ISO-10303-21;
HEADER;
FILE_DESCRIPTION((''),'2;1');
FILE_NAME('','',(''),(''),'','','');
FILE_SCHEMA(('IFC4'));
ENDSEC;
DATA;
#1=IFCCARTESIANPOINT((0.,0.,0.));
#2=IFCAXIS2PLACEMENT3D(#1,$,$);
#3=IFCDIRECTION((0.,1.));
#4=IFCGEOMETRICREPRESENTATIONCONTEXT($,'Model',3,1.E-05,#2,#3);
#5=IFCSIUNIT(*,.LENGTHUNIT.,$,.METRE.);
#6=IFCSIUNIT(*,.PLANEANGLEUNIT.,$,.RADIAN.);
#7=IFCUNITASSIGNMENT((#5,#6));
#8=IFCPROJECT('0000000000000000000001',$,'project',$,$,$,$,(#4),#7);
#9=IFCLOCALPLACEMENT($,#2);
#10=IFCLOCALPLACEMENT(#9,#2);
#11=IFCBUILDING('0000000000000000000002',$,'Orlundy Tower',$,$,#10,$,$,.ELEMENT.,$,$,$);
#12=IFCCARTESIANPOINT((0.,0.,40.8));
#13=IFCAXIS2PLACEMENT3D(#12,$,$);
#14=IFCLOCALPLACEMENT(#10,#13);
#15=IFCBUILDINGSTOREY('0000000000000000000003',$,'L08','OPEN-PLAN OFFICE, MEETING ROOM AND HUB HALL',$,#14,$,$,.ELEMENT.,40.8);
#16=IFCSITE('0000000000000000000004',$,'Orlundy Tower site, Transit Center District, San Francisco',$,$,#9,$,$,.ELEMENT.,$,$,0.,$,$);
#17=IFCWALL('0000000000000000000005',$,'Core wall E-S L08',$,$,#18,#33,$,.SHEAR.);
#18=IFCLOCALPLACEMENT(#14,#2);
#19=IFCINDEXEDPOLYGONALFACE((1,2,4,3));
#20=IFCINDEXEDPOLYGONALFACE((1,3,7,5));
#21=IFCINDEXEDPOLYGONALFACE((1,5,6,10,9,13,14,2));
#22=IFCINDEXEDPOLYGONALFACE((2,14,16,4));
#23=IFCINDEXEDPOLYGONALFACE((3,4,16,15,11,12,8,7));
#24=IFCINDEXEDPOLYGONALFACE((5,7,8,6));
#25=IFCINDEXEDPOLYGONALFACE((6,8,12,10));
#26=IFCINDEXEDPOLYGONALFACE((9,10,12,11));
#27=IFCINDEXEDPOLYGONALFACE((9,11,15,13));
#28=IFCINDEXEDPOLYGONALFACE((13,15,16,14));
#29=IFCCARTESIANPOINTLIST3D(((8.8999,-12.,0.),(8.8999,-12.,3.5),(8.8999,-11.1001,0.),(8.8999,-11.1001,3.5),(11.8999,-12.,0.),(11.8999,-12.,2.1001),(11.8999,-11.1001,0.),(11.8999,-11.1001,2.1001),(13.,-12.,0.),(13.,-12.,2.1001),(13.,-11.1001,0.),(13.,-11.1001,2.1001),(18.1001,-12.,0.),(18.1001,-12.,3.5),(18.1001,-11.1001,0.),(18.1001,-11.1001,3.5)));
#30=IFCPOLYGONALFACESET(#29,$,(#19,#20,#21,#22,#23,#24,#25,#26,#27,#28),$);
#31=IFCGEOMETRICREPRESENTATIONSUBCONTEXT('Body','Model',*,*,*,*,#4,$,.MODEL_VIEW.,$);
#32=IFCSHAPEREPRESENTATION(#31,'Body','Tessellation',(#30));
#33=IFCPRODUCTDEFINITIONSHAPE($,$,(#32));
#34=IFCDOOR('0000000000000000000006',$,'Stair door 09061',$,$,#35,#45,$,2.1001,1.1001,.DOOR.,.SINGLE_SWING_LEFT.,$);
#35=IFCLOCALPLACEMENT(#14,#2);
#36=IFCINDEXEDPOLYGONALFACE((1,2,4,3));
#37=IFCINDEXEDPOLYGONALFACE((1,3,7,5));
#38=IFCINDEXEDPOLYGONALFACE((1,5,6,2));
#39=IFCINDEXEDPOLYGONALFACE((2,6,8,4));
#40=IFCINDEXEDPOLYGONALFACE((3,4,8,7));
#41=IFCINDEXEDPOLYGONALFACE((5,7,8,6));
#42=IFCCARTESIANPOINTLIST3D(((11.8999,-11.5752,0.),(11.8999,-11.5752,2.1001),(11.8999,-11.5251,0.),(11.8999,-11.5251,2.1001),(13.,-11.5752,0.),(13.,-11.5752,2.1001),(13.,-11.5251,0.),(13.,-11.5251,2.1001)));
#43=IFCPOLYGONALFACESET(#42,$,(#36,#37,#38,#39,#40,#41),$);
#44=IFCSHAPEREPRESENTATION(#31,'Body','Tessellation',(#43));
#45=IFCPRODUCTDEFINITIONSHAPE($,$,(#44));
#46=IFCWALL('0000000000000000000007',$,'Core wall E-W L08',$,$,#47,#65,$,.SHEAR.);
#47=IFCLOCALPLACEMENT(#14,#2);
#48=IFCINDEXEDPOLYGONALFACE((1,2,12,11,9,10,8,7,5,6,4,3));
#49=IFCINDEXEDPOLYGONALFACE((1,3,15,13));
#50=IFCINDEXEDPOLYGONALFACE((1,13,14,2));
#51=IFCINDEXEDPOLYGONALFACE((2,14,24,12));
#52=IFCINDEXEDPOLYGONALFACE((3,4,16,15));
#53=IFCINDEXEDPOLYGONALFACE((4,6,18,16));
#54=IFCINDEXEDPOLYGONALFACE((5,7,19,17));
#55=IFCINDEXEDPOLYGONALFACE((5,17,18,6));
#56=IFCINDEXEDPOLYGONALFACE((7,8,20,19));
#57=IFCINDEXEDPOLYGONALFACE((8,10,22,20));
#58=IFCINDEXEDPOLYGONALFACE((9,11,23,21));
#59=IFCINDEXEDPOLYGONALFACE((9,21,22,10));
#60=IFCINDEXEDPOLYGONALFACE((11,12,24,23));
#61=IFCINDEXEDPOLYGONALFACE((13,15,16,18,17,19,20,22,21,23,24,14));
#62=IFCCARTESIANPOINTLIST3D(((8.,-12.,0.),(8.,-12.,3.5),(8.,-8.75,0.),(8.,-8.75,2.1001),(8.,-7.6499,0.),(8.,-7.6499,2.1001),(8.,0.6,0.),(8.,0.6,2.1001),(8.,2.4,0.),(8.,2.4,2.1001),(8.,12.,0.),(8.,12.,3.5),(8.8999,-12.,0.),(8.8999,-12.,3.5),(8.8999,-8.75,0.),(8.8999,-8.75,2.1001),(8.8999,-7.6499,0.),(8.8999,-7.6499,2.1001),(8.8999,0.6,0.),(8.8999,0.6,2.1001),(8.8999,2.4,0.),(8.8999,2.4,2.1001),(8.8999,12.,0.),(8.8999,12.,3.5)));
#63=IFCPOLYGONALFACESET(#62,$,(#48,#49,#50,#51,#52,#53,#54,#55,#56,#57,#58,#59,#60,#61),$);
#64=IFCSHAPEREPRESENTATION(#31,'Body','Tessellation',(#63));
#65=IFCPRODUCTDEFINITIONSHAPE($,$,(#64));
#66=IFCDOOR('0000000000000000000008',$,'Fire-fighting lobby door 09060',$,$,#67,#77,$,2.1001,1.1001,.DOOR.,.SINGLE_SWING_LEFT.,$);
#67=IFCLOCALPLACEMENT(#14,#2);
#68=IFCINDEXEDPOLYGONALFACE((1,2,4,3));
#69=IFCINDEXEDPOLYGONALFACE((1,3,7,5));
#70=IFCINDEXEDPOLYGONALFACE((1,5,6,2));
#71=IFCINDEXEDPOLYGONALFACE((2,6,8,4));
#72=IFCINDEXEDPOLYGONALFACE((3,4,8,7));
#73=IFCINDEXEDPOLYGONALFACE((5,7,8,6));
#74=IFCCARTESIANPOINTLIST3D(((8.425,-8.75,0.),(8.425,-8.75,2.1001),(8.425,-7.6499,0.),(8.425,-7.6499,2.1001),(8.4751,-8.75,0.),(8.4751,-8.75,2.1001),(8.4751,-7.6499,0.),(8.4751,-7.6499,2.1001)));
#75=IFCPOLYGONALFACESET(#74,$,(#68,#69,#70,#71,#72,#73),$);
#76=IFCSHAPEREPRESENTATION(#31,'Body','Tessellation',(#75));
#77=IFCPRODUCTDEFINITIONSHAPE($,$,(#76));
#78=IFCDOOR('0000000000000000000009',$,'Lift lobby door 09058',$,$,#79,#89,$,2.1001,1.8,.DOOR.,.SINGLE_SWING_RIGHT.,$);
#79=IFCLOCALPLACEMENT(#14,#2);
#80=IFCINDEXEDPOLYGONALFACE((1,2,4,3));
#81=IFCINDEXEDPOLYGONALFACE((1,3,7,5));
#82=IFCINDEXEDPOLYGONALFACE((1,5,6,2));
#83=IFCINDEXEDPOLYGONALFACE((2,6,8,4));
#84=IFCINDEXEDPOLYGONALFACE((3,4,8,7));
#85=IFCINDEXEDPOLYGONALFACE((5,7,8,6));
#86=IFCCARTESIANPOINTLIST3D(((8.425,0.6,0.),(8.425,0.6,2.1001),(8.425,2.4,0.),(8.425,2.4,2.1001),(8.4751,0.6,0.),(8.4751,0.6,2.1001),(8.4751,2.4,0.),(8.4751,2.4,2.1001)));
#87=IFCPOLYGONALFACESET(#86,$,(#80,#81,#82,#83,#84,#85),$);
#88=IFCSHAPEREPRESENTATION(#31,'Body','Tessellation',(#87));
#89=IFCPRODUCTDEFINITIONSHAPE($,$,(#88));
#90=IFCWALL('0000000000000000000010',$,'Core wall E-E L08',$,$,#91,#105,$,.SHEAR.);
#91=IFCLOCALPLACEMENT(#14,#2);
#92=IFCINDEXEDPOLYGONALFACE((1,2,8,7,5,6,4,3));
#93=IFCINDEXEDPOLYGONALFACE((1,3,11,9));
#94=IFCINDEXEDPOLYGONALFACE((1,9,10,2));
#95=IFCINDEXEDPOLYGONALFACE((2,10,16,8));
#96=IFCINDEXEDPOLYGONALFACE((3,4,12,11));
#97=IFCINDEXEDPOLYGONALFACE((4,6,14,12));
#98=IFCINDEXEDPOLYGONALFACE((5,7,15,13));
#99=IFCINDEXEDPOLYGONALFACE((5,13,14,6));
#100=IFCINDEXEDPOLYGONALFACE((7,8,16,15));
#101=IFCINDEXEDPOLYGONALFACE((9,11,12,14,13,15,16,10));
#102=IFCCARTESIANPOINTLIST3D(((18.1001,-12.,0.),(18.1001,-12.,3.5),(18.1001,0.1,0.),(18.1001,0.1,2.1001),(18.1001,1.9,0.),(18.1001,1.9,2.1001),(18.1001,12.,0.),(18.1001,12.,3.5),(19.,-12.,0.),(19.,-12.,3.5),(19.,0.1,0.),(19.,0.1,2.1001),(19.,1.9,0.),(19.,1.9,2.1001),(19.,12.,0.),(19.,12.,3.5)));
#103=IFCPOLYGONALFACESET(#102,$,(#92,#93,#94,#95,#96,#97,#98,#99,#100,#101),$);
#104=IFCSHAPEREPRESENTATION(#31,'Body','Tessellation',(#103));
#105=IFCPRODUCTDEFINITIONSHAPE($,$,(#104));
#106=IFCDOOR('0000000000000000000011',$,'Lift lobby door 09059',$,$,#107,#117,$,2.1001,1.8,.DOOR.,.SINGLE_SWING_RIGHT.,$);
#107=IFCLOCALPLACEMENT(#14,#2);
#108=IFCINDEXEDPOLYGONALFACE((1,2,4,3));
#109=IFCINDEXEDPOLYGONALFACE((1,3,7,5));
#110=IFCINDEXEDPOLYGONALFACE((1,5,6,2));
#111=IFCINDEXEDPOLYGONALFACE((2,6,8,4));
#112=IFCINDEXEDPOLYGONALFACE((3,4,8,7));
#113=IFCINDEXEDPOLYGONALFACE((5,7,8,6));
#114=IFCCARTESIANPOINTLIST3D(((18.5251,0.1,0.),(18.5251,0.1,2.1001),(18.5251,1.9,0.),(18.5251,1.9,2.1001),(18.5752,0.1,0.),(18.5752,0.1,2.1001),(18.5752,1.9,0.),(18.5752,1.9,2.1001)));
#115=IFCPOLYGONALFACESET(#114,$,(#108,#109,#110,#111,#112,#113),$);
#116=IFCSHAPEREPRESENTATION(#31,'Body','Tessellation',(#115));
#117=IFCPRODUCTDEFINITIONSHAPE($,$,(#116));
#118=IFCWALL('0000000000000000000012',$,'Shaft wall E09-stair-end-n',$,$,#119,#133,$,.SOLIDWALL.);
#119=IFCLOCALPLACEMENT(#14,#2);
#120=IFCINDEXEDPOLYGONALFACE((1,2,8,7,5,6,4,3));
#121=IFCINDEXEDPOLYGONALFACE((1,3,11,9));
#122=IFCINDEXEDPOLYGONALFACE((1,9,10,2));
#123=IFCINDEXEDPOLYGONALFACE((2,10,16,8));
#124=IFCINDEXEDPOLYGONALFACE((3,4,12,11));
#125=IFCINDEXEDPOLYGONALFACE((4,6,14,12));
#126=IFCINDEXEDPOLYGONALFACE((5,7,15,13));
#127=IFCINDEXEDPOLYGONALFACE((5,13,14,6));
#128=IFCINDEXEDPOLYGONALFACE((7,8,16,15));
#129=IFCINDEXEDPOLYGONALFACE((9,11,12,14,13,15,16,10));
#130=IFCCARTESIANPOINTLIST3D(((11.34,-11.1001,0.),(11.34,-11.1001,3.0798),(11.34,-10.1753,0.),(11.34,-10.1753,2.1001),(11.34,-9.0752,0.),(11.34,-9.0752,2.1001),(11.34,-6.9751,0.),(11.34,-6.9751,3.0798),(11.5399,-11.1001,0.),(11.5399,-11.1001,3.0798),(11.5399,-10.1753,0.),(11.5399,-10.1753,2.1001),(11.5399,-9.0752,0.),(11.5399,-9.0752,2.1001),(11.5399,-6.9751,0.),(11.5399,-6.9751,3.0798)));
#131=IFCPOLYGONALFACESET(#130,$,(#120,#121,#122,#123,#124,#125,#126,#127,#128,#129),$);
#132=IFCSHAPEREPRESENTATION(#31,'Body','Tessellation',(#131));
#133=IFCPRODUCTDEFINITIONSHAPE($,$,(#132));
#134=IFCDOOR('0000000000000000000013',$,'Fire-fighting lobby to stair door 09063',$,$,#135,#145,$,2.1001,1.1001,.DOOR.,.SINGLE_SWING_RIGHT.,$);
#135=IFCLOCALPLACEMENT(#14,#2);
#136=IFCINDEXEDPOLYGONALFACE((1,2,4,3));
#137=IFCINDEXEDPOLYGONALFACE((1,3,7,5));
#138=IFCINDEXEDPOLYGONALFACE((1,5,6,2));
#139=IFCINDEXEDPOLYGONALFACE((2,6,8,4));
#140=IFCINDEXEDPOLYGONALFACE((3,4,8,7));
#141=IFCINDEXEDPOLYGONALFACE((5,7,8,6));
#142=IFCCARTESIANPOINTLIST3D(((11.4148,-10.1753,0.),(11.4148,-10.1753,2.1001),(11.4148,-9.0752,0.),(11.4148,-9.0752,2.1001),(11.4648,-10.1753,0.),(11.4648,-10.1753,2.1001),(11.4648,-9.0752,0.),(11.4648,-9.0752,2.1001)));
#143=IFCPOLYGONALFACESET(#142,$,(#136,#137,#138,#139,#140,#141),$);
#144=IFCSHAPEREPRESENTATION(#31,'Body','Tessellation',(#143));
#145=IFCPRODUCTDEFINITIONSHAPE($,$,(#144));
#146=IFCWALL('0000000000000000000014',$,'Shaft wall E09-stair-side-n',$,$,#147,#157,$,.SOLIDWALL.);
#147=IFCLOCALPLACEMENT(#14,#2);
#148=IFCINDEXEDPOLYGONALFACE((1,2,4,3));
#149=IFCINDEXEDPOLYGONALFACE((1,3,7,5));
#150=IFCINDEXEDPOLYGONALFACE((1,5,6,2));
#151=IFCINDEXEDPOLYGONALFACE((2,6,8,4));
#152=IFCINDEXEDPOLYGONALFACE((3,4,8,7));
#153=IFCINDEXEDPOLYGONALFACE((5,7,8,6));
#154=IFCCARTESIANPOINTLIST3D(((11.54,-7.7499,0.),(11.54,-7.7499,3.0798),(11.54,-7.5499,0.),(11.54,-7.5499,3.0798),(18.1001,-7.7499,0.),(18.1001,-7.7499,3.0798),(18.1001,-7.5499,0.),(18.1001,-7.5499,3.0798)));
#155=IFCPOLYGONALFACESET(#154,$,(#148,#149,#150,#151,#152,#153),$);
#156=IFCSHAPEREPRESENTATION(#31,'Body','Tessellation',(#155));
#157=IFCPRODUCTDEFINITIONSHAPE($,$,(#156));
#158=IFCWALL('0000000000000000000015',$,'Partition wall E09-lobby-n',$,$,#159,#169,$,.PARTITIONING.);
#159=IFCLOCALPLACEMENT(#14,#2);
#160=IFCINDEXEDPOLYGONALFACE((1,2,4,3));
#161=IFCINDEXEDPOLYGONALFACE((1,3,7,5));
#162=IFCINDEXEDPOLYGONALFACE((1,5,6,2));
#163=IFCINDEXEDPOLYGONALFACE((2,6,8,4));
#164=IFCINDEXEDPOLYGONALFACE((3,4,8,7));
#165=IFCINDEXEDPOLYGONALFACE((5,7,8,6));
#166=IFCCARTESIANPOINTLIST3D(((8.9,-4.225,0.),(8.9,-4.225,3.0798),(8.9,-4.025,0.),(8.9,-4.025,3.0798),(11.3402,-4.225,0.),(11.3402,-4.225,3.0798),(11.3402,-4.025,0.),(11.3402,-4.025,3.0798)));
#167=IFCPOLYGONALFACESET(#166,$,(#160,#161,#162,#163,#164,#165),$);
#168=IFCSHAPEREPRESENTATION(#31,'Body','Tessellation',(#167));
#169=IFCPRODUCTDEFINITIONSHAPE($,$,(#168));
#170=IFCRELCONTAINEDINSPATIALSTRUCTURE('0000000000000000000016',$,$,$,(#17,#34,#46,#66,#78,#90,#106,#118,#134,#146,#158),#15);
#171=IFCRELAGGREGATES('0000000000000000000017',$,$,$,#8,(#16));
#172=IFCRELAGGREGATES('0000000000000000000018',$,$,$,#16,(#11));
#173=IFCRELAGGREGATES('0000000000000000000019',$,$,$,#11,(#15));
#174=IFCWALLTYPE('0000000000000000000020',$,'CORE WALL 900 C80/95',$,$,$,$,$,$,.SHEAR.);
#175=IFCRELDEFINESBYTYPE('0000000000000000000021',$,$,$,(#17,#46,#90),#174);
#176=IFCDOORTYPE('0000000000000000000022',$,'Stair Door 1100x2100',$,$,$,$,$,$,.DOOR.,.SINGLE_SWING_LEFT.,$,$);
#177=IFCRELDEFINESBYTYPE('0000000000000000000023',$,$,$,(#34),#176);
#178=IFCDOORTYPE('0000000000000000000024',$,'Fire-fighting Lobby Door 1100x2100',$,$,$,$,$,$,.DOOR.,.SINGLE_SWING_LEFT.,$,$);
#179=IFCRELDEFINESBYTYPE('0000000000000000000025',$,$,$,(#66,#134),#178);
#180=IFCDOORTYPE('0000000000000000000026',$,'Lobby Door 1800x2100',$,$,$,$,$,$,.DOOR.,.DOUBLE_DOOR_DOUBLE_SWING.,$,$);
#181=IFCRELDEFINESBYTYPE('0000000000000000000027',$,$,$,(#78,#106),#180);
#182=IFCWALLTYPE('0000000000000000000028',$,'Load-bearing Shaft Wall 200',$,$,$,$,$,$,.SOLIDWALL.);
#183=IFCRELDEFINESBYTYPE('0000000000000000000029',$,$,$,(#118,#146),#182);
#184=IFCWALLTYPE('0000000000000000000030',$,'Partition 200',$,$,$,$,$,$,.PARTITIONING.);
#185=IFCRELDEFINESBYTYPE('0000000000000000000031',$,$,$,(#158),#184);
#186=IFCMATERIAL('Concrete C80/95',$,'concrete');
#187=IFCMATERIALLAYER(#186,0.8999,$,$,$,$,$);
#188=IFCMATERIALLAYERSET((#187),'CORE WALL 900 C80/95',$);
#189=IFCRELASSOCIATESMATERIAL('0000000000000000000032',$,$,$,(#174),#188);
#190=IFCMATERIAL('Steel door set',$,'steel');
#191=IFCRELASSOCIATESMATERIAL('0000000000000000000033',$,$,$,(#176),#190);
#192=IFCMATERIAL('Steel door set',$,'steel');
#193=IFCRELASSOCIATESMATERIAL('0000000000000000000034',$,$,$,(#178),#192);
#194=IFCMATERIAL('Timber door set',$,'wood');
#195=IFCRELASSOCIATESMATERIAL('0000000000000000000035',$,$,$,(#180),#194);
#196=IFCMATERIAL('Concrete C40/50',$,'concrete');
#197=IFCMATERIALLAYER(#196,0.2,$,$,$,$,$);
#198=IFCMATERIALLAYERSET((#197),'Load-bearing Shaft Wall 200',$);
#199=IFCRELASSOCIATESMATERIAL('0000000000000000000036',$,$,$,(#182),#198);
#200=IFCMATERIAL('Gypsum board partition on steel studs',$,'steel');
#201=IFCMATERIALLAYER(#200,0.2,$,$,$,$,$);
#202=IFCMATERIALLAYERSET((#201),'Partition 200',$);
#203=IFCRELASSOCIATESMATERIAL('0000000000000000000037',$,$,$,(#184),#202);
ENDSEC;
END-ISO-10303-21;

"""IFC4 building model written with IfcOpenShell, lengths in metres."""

from ifc_helpers import new_model, si_unit, direction, frame, frame_2d, origin, place, context, subcontext, project, spatial, rectangle, extrude, material, layer, layer_set, type_object, element, fill, save


model = new_model("IFC4")

# Units and contexts
model_context = context("Model", 3, precision=1e-05, world=origin(), true_north=direction((0.0, 1.0)))
body_context = subcontext(model_context, "Body", "Model", "MODEL_VIEW")
ifc_project = project(units=[si_unit("LENGTHUNIT", "METRE"), si_unit("PLANEANGLEUNIT", "RADIAN")], contexts=[model_context])

# Site, building, storey
site_placement = place(None, origin())
site = spatial("IfcSite", under=ifc_project, at=site_placement, Name="Orlundy Tower site, Transit Center District, San Francisco", CompositionType="ELEMENT", RefElevation=0.0)
building_placement = place(site_placement, origin())
building = spatial("IfcBuilding", under=site, at=building_placement, Name="Orlundy Tower", CompositionType="ELEMENT")
storey_placement = place(building_placement, frame((0.0, 0.0, 40.8)))
storey = spatial("IfcBuildingStorey", under=building, at=storey_placement, Name="L08", Description="OPEN-PLAN OFFICE, MEETING ROOM AND HUB HALL", CompositionType="ELEMENT", Elevation=40.8)

# Wall, opening, door
ifc_material_1 = material(Name="Concrete C80/95", Category="concrete")
ifc_layer_1 = layer(ifc_material_1, 0.8999)
ifc_layer_set_1 = layer_set([ifc_layer_1], Name="CORE WALL 900 C80/95")
wall_type_1 = type_object("IfcWallType", Name="CORE WALL 900 C80/95", PredefinedType="SHEAR", material=ifc_layer_set_1)
wall_1_placement = place(storey_placement, frame((8.8999, -11.55, 0.0), z_axis=(0.0, 0.0, 1.0), x_axis=(1.0, 0.0, 0.0)))
wall_1 = element("IfcWall", 1, at=wall_1_placement, inside=storey, type_object=wall_type_1, Name="Core wall E-S L08", PredefinedType="SHEAR", context=body_context, shape_type="SweptSolid", body=[
    extrude(rectangle(XDim=9.2002, YDim=0.8999, at=frame_2d((4.6001, 0.0))), origin(), (0.0, 0.0, 1.0), 3.5),
])
opening_1_placement = place(wall_1_placement, frame((3.0, 0.0, 0.0)))
opening_1 = element("IfcOpeningElement", 2, at=opening_1_placement, cuts=wall_1, PredefinedType="OPENING", context=body_context, shape_type="SweptSolid", body=[
    extrude(rectangle(XDim=1.1001, YDim=2.1001, at=frame_2d((0.55, 1.05))), frame((0.0, 0.46, 0.0), z_axis=(0.0, -1.0, 0.0), x_axis=(1.0, 0.0, 0.0)), (0.0, 0.0, 1.0), 0.9199),
])
ifc_material_2 = material(Name="Steel door set", Category="steel")
door_type_1 = type_object("IfcDoorType", Name="Stair Door 1100x2100", OperationType="SINGLE_SWING_LEFT", PredefinedType="DOOR", material=ifc_material_2)
door_1_placement = place(opening_1_placement, origin())
door_1 = element("IfcDoor", 3, at=door_1_placement, inside=storey, type_object=door_type_1, Name="Stair door 09061", OperationType="SINGLE_SWING_LEFT", OverallHeight=2.1001, OverallWidth=1.1001, PredefinedType="DOOR", context=body_context, shape_type="SweptSolid", body=[
    extrude(rectangle(XDim=1.1001, YDim=2.1001, at=frame_2d((0.55, 1.05))), frame((0.0, 0.0249, 0.0), z_axis=(0.0, -1.0, 0.0), x_axis=(1.0, 0.0, 0.0)), (0.0, 0.0, 1.0), 0.05),
])
fill(opening_1, door_1)

# Wall, openings, doors
wall_2_placement = place(storey_placement, frame((8.45, -12.0, 0.0), z_axis=(0.0, 0.0, 1.0), x_axis=(0.0, 1.0, 0.0)))
wall_2 = element("IfcWall", 4, at=wall_2_placement, inside=storey, type_object=wall_type_1, Name="Core wall E-W L08", PredefinedType="SHEAR", context=body_context, shape_type="SweptSolid", body=[
    extrude(rectangle(XDim=24.0, YDim=0.8999, at=frame_2d((12.0, 0.0))), origin(), (0.0, 0.0, 1.0), 3.5),
])
opening_2_placement = place(wall_2_placement, frame((12.6001, 0.0, 0.0)))
opening_2 = element("IfcOpeningElement", 5, at=opening_2_placement, cuts=wall_2, PredefinedType="OPENING", context=body_context, shape_type="SweptSolid", body=[
    extrude(rectangle(XDim=1.8, YDim=2.1001, at=frame_2d((0.8999, 1.05))), frame((0.0, 0.46, 0.0), z_axis=(0.0, -1.0, 0.0), x_axis=(1.0, 0.0, 0.0)), (0.0, 0.0, 1.0), 0.9199),
])
opening_3_placement = place(wall_2_placement, frame((3.25, 0.0, 0.0)))
opening_3 = element("IfcOpeningElement", 6, at=opening_3_placement, cuts=wall_2, PredefinedType="OPENING", context=body_context, shape_type="SweptSolid", body=[
    extrude(rectangle(XDim=1.1001, YDim=2.1001, at=frame_2d((0.55, 1.05))), frame((0.0, 0.46, 0.0), z_axis=(0.0, -1.0, 0.0), x_axis=(1.0, 0.0, 0.0)), (0.0, 0.0, 1.0), 0.9199),
])
ifc_material_3 = material(Name="Steel door set", Category="steel")
door_type_2 = type_object("IfcDoorType", Name="Fire-fighting Lobby Door 1100x2100", OperationType="SINGLE_SWING_LEFT", PredefinedType="DOOR", material=ifc_material_3)
door_2_placement = place(opening_3_placement, origin())
door_2 = element("IfcDoor", 7, at=door_2_placement, inside=storey, type_object=door_type_2, Name="Fire-fighting lobby door 09060", OperationType="SINGLE_SWING_LEFT", OverallHeight=2.1001, OverallWidth=1.1001, PredefinedType="DOOR", context=body_context, shape_type="SweptSolid", body=[
    extrude(rectangle(XDim=1.1001, YDim=2.1001, at=frame_2d((0.55, 1.05))), frame((0.0, 0.0249, 0.0), z_axis=(0.0, -1.0, 0.0), x_axis=(1.0, 0.0, 0.0)), (0.0, 0.0, 1.0), 0.05),
])
fill(opening_3, door_2)
ifc_material_4 = material(Name="Timber door set", Category="wood")
door_type_3 = type_object("IfcDoorType", Name="Lobby Door 1800x2100", OperationType="DOUBLE_DOOR_DOUBLE_SWING", PredefinedType="DOOR", material=ifc_material_4)
door_3_placement = place(opening_2_placement, origin())
door_3 = element("IfcDoor", 8, at=door_3_placement, inside=storey, type_object=door_type_3, Name="Lift lobby door 09058", OperationType="SINGLE_SWING_RIGHT", OverallHeight=2.1001, OverallWidth=1.8, PredefinedType="DOOR", context=body_context, shape_type="SweptSolid", body=[
    extrude(rectangle(XDim=1.8, YDim=2.1001, at=frame_2d((0.8999, 1.05))), frame((0.0, 0.0249, 0.0), z_axis=(0.0, -1.0, 0.0), x_axis=(1.0, 0.0, 0.0)), (0.0, 0.0, 1.0), 0.05),
])
fill(opening_2, door_3)

# Walls, openings, doors
wall_3_placement = place(storey_placement, frame((18.55, -12.0, 0.0), z_axis=(0.0, 0.0, 1.0), x_axis=(0.0, 1.0, 0.0)))
wall_3 = element("IfcWall", 9, at=wall_3_placement, inside=storey, type_object=wall_type_1, Name="Core wall E-E L08", PredefinedType="SHEAR", context=body_context, shape_type="SweptSolid", body=[
    extrude(rectangle(XDim=24.0, YDim=0.8999, at=frame_2d((12.0, 0.0))), origin(), (0.0, 0.0, 1.0), 3.5),
])
opening_4_placement = place(wall_3_placement, frame((12.1001, 0.0, 0.0)))
opening_4 = element("IfcOpeningElement", 10, at=opening_4_placement, cuts=wall_3, PredefinedType="OPENING", context=body_context, shape_type="SweptSolid", body=[
    extrude(rectangle(XDim=1.8, YDim=2.1001, at=frame_2d((0.8999, 1.05))), frame((0.0, 0.46, 0.0), z_axis=(0.0, -1.0, 0.0), x_axis=(1.0, 0.0, 0.0)), (0.0, 0.0, 1.0), 0.9199),
])
door_4_placement = place(opening_4_placement, origin())
door_4 = element("IfcDoor", 11, at=door_4_placement, inside=storey, type_object=door_type_3, Name="Lift lobby door 09059", OperationType="SINGLE_SWING_RIGHT", OverallHeight=2.1001, OverallWidth=1.8, PredefinedType="DOOR", context=body_context, shape_type="SweptSolid", body=[
    extrude(rectangle(XDim=1.8, YDim=2.1001, at=frame_2d((0.8999, 1.05))), frame((0.0, 0.0249, 0.0), z_axis=(0.0, -1.0, 0.0), x_axis=(1.0, 0.0, 0.0)), (0.0, 0.0, 1.0), 0.05),
])
fill(opening_4, door_4)
ifc_material_5 = material(Name="Concrete C40/50", Category="concrete")
ifc_layer_2 = layer(ifc_material_5, 0.2)
ifc_layer_set_2 = layer_set([ifc_layer_2], Name="Load-bearing Shaft Wall 200")
wall_type_2 = type_object("IfcWallType", Name="Load-bearing Shaft Wall 200", PredefinedType="SOLIDWALL", material=ifc_layer_set_2)
wall_4_placement = place(storey_placement, frame((11.4399, -6.9751, 0.0), z_axis=(0.0, 0.0, 1.0), x_axis=(0.0, -1.0, 0.0)))
wall_4 = element("IfcWall", 12, at=wall_4_placement, inside=storey, type_object=wall_type_2, Name="Shaft wall E09-stair-end-n", PredefinedType="SOLIDWALL", context=body_context, shape_type="SweptSolid", body=[
    extrude(rectangle(XDim=4.125, YDim=0.2, at=frame_2d((2.0625, 0.0))), origin(), (0.0, 0.0, 1.0), 3.0798),
])
opening_5_placement = place(wall_4_placement, frame((2.1001, 0.0, 0.0)))
opening_5 = element("IfcOpeningElement", 13, at=opening_5_placement, cuts=wall_4, PredefinedType="OPENING", context=body_context, shape_type="SweptSolid", body=[
    extrude(rectangle(XDim=1.1001, YDim=2.1001, at=frame_2d((0.55, 1.05))), frame((0.0, 0.1101, 0.0), z_axis=(0.0, -1.0, 0.0), x_axis=(1.0, 0.0, 0.0)), (0.0, 0.0, 1.0), 0.2202),
])
door_5_placement = place(opening_5_placement, origin())
door_5 = element("IfcDoor", 14, at=door_5_placement, inside=storey, type_object=door_type_2, Name="Fire-fighting lobby to stair door 09063", OperationType="SINGLE_SWING_RIGHT", OverallHeight=2.1001, OverallWidth=1.1001, PredefinedType="DOOR", context=body_context, shape_type="SweptSolid", body=[
    extrude(rectangle(XDim=1.1001, YDim=2.1001, at=frame_2d((0.55, 1.05))), frame((0.0, 0.0249, 0.0), z_axis=(0.0, -1.0, 0.0), x_axis=(1.0, 0.0, 0.0)), (0.0, 0.0, 1.0), 0.05),
])
fill(opening_5, door_5)

# Walls
wall_5_placement = place(storey_placement, frame((11.54, -7.6499, 0.0), z_axis=(0.0, 0.0, 1.0), x_axis=(1.0, 0.0, 0.0)))
element("IfcWall", 15, at=wall_5_placement, inside=storey, type_object=wall_type_2, Name="Shaft wall E09-stair-side-n", PredefinedType="SOLIDWALL", context=body_context, shape_type="SweptSolid", body=[
    extrude(rectangle(XDim=6.5601, YDim=0.2, at=frame_2d((3.28, 0.0))), origin(), (0.0, 0.0, 1.0), 3.0798),
])
ifc_material_6 = material(Name="Gypsum board partition on steel studs", Category="steel")
ifc_layer_3 = layer(ifc_material_6, 0.2)
ifc_layer_set_3 = layer_set([ifc_layer_3], Name="Partition 200")
wall_type_3 = type_object("IfcWallType", Name="Partition 200", PredefinedType="PARTITIONING", material=ifc_layer_set_3)
wall_6_placement = place(storey_placement, frame((8.8999, -4.125, 0.0), z_axis=(0.0, 0.0, 1.0), x_axis=(1.0, 0.0, 0.0)))
element("IfcWall", 16, at=wall_6_placement, inside=storey, type_object=wall_type_3, Name="Partition wall E09-lobby-n", PredefinedType="PARTITIONING", context=body_context, shape_type="SweptSolid", body=[
    extrude(rectangle(XDim=2.4402, YDim=0.2, at=frame_2d((1.2202, 0.0))), origin(), (0.0, 0.0, 1.0), 3.0798),
])

save(model, "model.ifc")
